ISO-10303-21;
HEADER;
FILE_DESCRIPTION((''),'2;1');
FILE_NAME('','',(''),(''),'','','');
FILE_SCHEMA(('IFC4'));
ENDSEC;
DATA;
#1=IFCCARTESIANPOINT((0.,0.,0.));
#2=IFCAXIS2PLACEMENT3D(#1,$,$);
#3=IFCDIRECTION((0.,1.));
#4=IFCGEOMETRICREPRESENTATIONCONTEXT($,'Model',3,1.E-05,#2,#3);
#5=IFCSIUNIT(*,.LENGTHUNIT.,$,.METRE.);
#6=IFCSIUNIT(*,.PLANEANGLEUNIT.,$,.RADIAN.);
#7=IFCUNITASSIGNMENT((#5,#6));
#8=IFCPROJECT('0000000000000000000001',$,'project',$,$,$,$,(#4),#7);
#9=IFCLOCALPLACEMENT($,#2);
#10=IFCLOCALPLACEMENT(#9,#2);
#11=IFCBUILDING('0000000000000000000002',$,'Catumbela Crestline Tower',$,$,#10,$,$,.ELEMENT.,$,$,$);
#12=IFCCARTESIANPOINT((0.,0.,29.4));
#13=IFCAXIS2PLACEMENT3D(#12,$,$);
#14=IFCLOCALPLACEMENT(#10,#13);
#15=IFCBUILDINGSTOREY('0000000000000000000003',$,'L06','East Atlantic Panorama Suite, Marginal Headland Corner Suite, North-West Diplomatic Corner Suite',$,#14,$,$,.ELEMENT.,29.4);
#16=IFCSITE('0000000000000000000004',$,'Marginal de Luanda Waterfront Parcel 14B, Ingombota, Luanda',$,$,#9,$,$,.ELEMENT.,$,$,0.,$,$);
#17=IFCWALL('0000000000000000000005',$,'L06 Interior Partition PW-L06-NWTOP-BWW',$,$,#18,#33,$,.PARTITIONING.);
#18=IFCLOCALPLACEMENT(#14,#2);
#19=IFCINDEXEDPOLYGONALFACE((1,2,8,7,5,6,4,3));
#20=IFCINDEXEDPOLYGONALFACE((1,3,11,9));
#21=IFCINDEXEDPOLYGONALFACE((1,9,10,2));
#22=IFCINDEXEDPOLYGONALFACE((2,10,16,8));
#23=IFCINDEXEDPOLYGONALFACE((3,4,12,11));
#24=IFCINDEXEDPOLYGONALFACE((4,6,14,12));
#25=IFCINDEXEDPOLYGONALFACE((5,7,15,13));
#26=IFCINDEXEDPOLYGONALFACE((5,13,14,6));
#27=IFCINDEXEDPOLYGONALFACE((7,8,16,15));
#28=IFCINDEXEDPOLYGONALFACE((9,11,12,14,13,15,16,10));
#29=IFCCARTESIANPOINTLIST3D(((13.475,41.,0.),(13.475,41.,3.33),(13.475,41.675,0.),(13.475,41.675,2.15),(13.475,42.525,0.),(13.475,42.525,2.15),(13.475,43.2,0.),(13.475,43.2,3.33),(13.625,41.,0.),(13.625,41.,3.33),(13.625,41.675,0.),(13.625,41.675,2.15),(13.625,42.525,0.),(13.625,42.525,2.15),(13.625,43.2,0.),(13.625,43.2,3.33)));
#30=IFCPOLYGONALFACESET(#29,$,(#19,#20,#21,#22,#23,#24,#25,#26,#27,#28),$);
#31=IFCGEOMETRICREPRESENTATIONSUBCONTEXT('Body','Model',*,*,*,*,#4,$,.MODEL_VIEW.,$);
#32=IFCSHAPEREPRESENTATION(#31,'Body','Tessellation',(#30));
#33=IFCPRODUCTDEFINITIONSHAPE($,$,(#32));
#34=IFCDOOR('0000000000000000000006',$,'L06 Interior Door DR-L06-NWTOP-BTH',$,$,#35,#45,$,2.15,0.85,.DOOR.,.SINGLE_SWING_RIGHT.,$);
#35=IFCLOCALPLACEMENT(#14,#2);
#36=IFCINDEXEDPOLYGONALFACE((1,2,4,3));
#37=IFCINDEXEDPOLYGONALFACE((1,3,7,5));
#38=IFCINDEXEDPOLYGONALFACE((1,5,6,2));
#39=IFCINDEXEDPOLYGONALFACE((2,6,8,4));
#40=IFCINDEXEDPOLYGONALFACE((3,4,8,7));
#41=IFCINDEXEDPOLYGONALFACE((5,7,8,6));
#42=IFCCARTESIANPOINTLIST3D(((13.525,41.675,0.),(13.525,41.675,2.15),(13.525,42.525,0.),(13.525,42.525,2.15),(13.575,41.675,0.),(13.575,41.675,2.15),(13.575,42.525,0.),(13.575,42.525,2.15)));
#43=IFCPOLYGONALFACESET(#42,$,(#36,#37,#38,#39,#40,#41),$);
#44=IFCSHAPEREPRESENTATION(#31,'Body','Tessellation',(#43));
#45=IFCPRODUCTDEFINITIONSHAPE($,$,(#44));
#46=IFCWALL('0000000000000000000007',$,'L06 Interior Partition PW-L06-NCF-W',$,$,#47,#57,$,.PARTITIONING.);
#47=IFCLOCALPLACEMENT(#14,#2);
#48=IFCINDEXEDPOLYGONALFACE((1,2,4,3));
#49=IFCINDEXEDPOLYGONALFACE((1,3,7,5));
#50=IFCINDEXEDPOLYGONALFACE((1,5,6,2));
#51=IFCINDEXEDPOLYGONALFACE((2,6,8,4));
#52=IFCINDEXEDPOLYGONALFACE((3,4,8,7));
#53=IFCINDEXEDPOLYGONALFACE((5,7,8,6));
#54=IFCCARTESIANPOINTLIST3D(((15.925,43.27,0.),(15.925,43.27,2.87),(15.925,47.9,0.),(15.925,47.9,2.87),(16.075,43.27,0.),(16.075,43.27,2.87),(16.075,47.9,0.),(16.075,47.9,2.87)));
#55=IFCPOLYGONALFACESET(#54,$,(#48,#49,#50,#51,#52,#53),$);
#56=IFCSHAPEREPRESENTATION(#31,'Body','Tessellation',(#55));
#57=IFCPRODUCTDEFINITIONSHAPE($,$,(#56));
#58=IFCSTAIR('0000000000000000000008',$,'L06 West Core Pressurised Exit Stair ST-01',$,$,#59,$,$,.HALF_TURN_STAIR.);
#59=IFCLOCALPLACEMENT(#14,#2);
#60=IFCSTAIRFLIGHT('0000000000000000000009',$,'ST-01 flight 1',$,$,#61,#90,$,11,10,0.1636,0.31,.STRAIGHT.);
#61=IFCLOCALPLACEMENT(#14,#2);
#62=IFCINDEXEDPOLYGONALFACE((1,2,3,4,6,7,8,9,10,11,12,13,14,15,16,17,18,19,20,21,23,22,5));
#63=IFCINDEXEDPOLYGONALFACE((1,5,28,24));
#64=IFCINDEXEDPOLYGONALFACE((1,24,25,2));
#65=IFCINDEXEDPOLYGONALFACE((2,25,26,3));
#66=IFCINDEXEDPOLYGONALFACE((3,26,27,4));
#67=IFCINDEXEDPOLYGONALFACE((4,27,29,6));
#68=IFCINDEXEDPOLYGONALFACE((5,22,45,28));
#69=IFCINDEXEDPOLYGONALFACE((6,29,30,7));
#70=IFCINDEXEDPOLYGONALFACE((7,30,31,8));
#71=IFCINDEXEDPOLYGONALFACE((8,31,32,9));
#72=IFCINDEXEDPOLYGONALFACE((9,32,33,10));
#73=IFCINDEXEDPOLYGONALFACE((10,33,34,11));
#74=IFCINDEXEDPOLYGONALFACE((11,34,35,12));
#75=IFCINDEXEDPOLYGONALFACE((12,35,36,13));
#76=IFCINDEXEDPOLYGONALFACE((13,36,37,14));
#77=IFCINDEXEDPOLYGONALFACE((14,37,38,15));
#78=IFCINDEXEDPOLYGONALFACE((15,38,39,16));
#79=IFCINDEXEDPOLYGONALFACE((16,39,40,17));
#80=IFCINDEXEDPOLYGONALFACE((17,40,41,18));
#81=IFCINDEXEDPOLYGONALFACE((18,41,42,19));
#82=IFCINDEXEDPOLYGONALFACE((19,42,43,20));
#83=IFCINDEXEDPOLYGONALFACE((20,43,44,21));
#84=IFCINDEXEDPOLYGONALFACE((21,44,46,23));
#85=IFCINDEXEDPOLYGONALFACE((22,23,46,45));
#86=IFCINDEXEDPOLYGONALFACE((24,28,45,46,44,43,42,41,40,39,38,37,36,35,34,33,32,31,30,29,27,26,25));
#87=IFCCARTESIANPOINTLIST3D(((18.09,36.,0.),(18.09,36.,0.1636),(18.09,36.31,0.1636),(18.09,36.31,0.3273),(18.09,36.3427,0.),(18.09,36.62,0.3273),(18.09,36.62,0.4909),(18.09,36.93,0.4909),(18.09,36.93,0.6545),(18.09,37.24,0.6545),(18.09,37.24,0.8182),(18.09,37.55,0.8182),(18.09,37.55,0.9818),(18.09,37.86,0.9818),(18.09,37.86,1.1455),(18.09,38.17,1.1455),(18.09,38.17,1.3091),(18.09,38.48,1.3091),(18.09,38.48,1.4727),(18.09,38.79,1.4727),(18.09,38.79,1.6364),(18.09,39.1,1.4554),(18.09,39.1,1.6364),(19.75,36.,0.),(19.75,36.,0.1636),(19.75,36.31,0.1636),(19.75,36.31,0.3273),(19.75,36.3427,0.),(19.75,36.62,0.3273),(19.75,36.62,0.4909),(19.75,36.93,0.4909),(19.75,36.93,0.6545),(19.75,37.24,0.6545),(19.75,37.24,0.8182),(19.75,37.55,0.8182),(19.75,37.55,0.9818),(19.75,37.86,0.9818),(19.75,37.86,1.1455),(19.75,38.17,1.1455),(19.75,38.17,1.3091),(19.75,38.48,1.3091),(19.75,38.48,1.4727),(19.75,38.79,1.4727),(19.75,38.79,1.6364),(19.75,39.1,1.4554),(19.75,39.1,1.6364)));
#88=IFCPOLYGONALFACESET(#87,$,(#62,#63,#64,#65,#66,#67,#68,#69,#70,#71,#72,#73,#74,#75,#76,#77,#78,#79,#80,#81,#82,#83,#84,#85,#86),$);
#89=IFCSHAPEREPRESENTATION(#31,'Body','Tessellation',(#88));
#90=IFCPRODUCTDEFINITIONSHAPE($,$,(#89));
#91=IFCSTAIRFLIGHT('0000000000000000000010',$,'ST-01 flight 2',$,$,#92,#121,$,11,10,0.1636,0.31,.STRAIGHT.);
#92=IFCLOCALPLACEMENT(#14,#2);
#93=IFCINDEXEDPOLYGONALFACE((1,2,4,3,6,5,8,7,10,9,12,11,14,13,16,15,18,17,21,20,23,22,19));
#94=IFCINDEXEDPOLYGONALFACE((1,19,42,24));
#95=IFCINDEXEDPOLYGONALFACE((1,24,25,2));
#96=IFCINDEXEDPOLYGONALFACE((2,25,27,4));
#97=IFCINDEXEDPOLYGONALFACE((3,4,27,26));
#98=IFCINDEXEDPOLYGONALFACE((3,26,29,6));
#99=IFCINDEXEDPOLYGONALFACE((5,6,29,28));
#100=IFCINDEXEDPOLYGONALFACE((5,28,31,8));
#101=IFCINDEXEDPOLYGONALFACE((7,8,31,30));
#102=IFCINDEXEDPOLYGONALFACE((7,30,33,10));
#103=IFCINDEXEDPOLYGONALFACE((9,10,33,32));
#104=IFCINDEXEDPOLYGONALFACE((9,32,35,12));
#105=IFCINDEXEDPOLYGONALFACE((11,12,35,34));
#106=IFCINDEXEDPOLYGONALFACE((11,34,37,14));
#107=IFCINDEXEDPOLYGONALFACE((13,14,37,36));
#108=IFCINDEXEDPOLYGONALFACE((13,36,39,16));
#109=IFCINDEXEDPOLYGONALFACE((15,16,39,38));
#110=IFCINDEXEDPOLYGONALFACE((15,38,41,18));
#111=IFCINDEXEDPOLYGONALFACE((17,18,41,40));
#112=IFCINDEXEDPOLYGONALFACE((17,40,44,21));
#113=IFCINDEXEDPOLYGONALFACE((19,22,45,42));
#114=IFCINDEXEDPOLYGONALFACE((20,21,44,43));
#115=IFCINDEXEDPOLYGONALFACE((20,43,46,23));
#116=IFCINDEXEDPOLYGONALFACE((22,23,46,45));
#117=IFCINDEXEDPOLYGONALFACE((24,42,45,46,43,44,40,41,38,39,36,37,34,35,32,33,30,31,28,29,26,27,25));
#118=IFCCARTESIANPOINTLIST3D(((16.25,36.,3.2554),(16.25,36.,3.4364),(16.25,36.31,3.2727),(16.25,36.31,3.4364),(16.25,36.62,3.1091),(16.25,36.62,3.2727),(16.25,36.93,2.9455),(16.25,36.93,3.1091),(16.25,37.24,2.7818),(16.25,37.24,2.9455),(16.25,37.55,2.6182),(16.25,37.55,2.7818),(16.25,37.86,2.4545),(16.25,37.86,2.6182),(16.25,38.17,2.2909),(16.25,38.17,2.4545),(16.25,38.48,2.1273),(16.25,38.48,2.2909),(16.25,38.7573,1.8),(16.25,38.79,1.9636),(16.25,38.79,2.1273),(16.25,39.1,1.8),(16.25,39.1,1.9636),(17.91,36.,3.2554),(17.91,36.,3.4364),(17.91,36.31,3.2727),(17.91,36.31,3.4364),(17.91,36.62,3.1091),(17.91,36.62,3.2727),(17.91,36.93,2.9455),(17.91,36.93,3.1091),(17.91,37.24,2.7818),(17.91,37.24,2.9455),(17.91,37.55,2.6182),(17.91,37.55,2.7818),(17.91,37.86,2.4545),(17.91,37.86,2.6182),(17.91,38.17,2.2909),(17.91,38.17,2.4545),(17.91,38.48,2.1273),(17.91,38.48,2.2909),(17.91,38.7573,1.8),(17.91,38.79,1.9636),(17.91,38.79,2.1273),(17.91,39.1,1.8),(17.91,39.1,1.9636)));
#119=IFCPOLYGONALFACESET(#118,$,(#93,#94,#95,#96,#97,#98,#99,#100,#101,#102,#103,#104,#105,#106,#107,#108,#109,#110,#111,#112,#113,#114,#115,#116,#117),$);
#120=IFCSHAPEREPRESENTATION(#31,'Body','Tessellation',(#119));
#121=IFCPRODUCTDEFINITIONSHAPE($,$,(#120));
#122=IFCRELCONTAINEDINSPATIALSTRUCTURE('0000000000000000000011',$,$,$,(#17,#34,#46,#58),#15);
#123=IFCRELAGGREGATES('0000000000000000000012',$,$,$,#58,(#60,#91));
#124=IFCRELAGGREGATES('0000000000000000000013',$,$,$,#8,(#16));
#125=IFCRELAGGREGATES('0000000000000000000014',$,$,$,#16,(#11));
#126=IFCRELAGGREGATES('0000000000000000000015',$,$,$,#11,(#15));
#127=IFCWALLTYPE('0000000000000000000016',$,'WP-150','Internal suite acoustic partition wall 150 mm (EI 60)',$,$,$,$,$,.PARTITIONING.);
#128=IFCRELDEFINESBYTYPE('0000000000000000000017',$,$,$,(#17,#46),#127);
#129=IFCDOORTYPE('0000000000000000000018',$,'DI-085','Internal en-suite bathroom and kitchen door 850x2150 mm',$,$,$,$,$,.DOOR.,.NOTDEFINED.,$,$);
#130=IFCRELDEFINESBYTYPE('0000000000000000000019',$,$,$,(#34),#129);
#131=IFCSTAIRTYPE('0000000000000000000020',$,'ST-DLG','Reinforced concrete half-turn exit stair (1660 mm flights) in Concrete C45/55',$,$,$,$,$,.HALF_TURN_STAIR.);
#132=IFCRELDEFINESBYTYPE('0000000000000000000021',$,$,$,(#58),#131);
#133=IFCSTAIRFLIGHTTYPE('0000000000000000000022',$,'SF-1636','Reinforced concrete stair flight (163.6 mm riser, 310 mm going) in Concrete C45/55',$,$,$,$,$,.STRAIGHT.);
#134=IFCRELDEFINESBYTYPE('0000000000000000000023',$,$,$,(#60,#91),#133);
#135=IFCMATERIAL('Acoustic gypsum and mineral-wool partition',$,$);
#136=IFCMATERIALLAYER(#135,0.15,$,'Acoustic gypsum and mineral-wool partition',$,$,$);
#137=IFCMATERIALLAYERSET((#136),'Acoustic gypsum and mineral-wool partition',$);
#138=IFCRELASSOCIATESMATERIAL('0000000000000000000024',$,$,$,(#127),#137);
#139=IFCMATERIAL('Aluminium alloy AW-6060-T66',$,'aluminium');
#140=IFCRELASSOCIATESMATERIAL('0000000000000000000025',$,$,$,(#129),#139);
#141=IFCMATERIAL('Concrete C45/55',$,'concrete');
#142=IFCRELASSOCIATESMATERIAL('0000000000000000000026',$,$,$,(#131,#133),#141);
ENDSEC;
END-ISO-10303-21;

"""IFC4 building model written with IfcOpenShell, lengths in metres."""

from ifc_helpers import new_model, si_unit, direction, frame, frame_2d, origin, place, context, subcontext, project, spatial, polyline, rectangle, outline, extrude, material, layer, layer_set, type_object, element, fill, aggregate, save


model = new_model("IFC4")

# Units and contexts
model_context = context("Model", 3, precision=1e-05, world=origin(), true_north=direction((0.0, 1.0)))
body_context = subcontext(model_context, "Body", "Model", "MODEL_VIEW")
ifc_project = project(units=[si_unit("LENGTHUNIT", "METRE"), si_unit("PLANEANGLEUNIT", "RADIAN")], contexts=[model_context])

# Site, building, storey
site_placement = place(None, origin())
site = spatial("IfcSite", under=ifc_project, at=site_placement, Name="Marginal de Luanda Waterfront Parcel 14B, Ingombota, Luanda", CompositionType="ELEMENT", RefElevation=0.0)
building_placement = place(site_placement, origin())
building = spatial("IfcBuilding", under=site, at=building_placement, Name="Catumbela Crestline Tower", CompositionType="ELEMENT")
storey_placement = place(building_placement, frame((0.0, 0.0, 29.4)))
storey = spatial("IfcBuildingStorey", under=building, at=storey_placement, Name="L06", Description="East Atlantic Panorama Suite, Marginal Headland Corner Suite, North-West Diplomatic Corner Suite", CompositionType="ELEMENT", Elevation=29.4)

# Shared definitions
ifc_material_1 = material(Name="Aluminium alloy AW-6060-T66", Category="aluminium")

# Shared definitions
ifc_material_2 = material(Name="Acoustic gypsum and mineral-wool partition")
ifc_layer_1 = layer(ifc_material_2, 0.15, Name="Acoustic gypsum and mineral-wool partition")
ifc_layer_set_1 = layer_set([ifc_layer_1], Name="Acoustic gypsum and mineral-wool partition")
wall_type_1 = type_object("IfcWallType", Name="WP-150", Description="Internal suite acoustic partition wall 150 mm (EI 60)", PredefinedType="PARTITIONING", material=ifc_layer_set_1)

# Wall, opening, door
wall_1_placement = place(storey_placement, frame((13.55, 41.0, 0.0), z_axis=(0.0, 0.0, 1.0), x_axis=(0.0, 1.0, 0.0)))
wall_1 = element("IfcWall", 1, at=wall_1_placement, inside=storey, type_object=wall_type_1, Name="L06 Interior Partition PW-L06-NWTOP-BWW", PredefinedType="PARTITIONING", context=body_context, shape_type="SweptSolid", body=[
    extrude(rectangle(XDim=2.2, YDim=0.15, at=frame_2d((1.1, 0.0))), origin(), (0.0, 0.0, 1.0), 3.33),
])
opening_1_placement = place(wall_1_placement, frame((0.675, 0.0, 0.0)))
opening_1 = element("IfcOpeningElement", 2, at=opening_1_placement, cuts=wall_1, PredefinedType="OPENING", context=body_context, shape_type="SweptSolid", body=[
    extrude(rectangle(XDim=0.85, YDim=2.15, at=frame_2d((0.425, 1.075))), frame((0.0, 0.085, 0.0), z_axis=(0.0, -1.0, 0.0), x_axis=(1.0, 0.0, 0.0)), (0.0, 0.0, 1.0), 0.17),
])
door_type_1 = type_object("IfcDoorType", Name="DI-085", Description="Internal en-suite bathroom and kitchen door 850x2150 mm", OperationType="NOTDEFINED", PredefinedType="DOOR", material=ifc_material_1)
door_1_placement = place(opening_1_placement, origin())
door_1 = element("IfcDoor", 3, at=door_1_placement, inside=storey, type_object=door_type_1, Name="L06 Interior Door DR-L06-NWTOP-BTH", OperationType="SINGLE_SWING_RIGHT", OverallHeight=2.15, OverallWidth=0.85, PredefinedType="DOOR", context=body_context, shape_type="SweptSolid", body=[
    extrude(rectangle(XDim=0.85, YDim=2.15, at=frame_2d((0.425, 1.075))), frame((0.0, 0.025, 0.0), z_axis=(0.0, -1.0, 0.0), x_axis=(1.0, 0.0, 0.0)), (0.0, 0.0, 1.0), 0.05),
])
fill(opening_1, door_1)

# Wall
wall_2_placement = place(storey_placement, frame((16.0, 43.27, 0.0), z_axis=(0.0, 0.0, 1.0), x_axis=(0.0, 1.0, 0.0)))
element("IfcWall", 4, at=wall_2_placement, inside=storey, type_object=wall_type_1, Name="L06 Interior Partition PW-L06-NCF-W", PredefinedType="PARTITIONING", context=body_context, shape_type="SweptSolid", body=[
    extrude(rectangle(XDim=4.63, YDim=0.15, at=frame_2d((2.315, 0.0))), origin(), (0.0, 0.0, 1.0), 2.87),
])

# Stair, stair flights
ifc_material_3 = material(Name="Concrete C45/55", Category="concrete")
stair_type = type_object("IfcStairType", Name="ST-DLG", Description="Reinforced concrete half-turn exit stair (1660 mm flights) in Concrete C45/55", PredefinedType="HALF_TURN_STAIR", material=ifc_material_3)
stair_placement = place(storey_placement, origin())
stair = element("IfcStair", 5, at=stair_placement, inside=storey, type_object=stair_type, Name="L06 West Core Pressurised Exit Stair ST-01", PredefinedType="HALF_TURN_STAIR")
stair_flight_type = type_object("IfcStairFlightType", Name="SF-1636", Description="Reinforced concrete stair flight (163.6 mm riser, 310 mm going) in Concrete C45/55", PredefinedType="STRAIGHT", material=ifc_material_3)
stair_flight_1_placement = place(storey_placement, frame((18.92, 36.0, 0.0), z_axis=(0.0, 0.0, 1.0), x_axis=(0.0, 1.0, 0.0)))
stair_flight_1 = element("IfcStairFlight", 6, at=stair_flight_1_placement, type_object=stair_flight_type, Name="ST-01 flight 1", NumberOfRisers=11, NumberOfTreads=10, PredefinedType="STRAIGHT", RiserHeight=0.1636, TreadLength=0.31, context=body_context, shape_type="SweptSolid", body=[
    extrude(outline(polyline([(0.0, 0.0), (0.0, 0.1636), (0.31, 0.1636), (0.31, 0.3273), (0.62, 0.3273), (0.62, 0.4909), (0.93, 0.4909), (0.93, 0.6545), (1.24, 0.6545), (1.24, 0.8182), (1.55, 0.8182), (1.55, 0.9818), (1.86, 0.9818), (1.86, 1.1455), (2.17, 1.1455), (2.17, 1.3091), (2.48, 1.3091), (2.48, 1.4727), (2.79, 1.4727), (2.79, 1.6364), (3.1, 1.6364), (3.1, 1.8), (3.1, 1.4554), (0.3427, 0.0), (0.0, 0.0)])), frame((0.0, 0.83, 0.0), z_axis=(0.0, -1.0, 0.0), x_axis=(1.0, 0.0, 0.0)), (0.0, 0.0, 1.0), 1.66),
])
stair_flight_2_placement = place(storey_placement, frame((17.08, 39.1, 1.8), z_axis=(0.0, 0.0, 1.0), x_axis=(0.0, -1.0, 0.0)))
stair_flight_2 = element("IfcStairFlight", 7, at=stair_flight_2_placement, type_object=stair_flight_type, Name="ST-01 flight 2", NumberOfRisers=11, NumberOfTreads=10, PredefinedType="STRAIGHT", RiserHeight=0.1636, TreadLength=0.31, context=body_context, shape_type="SweptSolid", body=[
    extrude(outline(polyline([(0.0, 0.0), (0.0, 0.1636), (0.31, 0.1636), (0.31, 0.3273), (0.62, 0.3273), (0.62, 0.4909), (0.93, 0.4909), (0.93, 0.6545), (1.24, 0.6545), (1.24, 0.8182), (1.55, 0.8182), (1.55, 0.9818), (1.86, 0.9818), (1.86, 1.1455), (2.17, 1.1455), (2.17, 1.3091), (2.48, 1.3091), (2.48, 1.4727), (2.79, 1.4727), (2.79, 1.6364), (3.1, 1.6364), (3.1, 1.8), (3.1, 1.4554), (0.3427, 0.0), (0.0, 0.0)])), frame((0.0, 0.83, 0.0), z_axis=(0.0, -1.0, 0.0), x_axis=(1.0, 0.0, 0.0)), (0.0, 0.0, 1.0), 1.66),
])
aggregate(stair, [stair_flight_1, stair_flight_2])

save(model, "model.ifc")
